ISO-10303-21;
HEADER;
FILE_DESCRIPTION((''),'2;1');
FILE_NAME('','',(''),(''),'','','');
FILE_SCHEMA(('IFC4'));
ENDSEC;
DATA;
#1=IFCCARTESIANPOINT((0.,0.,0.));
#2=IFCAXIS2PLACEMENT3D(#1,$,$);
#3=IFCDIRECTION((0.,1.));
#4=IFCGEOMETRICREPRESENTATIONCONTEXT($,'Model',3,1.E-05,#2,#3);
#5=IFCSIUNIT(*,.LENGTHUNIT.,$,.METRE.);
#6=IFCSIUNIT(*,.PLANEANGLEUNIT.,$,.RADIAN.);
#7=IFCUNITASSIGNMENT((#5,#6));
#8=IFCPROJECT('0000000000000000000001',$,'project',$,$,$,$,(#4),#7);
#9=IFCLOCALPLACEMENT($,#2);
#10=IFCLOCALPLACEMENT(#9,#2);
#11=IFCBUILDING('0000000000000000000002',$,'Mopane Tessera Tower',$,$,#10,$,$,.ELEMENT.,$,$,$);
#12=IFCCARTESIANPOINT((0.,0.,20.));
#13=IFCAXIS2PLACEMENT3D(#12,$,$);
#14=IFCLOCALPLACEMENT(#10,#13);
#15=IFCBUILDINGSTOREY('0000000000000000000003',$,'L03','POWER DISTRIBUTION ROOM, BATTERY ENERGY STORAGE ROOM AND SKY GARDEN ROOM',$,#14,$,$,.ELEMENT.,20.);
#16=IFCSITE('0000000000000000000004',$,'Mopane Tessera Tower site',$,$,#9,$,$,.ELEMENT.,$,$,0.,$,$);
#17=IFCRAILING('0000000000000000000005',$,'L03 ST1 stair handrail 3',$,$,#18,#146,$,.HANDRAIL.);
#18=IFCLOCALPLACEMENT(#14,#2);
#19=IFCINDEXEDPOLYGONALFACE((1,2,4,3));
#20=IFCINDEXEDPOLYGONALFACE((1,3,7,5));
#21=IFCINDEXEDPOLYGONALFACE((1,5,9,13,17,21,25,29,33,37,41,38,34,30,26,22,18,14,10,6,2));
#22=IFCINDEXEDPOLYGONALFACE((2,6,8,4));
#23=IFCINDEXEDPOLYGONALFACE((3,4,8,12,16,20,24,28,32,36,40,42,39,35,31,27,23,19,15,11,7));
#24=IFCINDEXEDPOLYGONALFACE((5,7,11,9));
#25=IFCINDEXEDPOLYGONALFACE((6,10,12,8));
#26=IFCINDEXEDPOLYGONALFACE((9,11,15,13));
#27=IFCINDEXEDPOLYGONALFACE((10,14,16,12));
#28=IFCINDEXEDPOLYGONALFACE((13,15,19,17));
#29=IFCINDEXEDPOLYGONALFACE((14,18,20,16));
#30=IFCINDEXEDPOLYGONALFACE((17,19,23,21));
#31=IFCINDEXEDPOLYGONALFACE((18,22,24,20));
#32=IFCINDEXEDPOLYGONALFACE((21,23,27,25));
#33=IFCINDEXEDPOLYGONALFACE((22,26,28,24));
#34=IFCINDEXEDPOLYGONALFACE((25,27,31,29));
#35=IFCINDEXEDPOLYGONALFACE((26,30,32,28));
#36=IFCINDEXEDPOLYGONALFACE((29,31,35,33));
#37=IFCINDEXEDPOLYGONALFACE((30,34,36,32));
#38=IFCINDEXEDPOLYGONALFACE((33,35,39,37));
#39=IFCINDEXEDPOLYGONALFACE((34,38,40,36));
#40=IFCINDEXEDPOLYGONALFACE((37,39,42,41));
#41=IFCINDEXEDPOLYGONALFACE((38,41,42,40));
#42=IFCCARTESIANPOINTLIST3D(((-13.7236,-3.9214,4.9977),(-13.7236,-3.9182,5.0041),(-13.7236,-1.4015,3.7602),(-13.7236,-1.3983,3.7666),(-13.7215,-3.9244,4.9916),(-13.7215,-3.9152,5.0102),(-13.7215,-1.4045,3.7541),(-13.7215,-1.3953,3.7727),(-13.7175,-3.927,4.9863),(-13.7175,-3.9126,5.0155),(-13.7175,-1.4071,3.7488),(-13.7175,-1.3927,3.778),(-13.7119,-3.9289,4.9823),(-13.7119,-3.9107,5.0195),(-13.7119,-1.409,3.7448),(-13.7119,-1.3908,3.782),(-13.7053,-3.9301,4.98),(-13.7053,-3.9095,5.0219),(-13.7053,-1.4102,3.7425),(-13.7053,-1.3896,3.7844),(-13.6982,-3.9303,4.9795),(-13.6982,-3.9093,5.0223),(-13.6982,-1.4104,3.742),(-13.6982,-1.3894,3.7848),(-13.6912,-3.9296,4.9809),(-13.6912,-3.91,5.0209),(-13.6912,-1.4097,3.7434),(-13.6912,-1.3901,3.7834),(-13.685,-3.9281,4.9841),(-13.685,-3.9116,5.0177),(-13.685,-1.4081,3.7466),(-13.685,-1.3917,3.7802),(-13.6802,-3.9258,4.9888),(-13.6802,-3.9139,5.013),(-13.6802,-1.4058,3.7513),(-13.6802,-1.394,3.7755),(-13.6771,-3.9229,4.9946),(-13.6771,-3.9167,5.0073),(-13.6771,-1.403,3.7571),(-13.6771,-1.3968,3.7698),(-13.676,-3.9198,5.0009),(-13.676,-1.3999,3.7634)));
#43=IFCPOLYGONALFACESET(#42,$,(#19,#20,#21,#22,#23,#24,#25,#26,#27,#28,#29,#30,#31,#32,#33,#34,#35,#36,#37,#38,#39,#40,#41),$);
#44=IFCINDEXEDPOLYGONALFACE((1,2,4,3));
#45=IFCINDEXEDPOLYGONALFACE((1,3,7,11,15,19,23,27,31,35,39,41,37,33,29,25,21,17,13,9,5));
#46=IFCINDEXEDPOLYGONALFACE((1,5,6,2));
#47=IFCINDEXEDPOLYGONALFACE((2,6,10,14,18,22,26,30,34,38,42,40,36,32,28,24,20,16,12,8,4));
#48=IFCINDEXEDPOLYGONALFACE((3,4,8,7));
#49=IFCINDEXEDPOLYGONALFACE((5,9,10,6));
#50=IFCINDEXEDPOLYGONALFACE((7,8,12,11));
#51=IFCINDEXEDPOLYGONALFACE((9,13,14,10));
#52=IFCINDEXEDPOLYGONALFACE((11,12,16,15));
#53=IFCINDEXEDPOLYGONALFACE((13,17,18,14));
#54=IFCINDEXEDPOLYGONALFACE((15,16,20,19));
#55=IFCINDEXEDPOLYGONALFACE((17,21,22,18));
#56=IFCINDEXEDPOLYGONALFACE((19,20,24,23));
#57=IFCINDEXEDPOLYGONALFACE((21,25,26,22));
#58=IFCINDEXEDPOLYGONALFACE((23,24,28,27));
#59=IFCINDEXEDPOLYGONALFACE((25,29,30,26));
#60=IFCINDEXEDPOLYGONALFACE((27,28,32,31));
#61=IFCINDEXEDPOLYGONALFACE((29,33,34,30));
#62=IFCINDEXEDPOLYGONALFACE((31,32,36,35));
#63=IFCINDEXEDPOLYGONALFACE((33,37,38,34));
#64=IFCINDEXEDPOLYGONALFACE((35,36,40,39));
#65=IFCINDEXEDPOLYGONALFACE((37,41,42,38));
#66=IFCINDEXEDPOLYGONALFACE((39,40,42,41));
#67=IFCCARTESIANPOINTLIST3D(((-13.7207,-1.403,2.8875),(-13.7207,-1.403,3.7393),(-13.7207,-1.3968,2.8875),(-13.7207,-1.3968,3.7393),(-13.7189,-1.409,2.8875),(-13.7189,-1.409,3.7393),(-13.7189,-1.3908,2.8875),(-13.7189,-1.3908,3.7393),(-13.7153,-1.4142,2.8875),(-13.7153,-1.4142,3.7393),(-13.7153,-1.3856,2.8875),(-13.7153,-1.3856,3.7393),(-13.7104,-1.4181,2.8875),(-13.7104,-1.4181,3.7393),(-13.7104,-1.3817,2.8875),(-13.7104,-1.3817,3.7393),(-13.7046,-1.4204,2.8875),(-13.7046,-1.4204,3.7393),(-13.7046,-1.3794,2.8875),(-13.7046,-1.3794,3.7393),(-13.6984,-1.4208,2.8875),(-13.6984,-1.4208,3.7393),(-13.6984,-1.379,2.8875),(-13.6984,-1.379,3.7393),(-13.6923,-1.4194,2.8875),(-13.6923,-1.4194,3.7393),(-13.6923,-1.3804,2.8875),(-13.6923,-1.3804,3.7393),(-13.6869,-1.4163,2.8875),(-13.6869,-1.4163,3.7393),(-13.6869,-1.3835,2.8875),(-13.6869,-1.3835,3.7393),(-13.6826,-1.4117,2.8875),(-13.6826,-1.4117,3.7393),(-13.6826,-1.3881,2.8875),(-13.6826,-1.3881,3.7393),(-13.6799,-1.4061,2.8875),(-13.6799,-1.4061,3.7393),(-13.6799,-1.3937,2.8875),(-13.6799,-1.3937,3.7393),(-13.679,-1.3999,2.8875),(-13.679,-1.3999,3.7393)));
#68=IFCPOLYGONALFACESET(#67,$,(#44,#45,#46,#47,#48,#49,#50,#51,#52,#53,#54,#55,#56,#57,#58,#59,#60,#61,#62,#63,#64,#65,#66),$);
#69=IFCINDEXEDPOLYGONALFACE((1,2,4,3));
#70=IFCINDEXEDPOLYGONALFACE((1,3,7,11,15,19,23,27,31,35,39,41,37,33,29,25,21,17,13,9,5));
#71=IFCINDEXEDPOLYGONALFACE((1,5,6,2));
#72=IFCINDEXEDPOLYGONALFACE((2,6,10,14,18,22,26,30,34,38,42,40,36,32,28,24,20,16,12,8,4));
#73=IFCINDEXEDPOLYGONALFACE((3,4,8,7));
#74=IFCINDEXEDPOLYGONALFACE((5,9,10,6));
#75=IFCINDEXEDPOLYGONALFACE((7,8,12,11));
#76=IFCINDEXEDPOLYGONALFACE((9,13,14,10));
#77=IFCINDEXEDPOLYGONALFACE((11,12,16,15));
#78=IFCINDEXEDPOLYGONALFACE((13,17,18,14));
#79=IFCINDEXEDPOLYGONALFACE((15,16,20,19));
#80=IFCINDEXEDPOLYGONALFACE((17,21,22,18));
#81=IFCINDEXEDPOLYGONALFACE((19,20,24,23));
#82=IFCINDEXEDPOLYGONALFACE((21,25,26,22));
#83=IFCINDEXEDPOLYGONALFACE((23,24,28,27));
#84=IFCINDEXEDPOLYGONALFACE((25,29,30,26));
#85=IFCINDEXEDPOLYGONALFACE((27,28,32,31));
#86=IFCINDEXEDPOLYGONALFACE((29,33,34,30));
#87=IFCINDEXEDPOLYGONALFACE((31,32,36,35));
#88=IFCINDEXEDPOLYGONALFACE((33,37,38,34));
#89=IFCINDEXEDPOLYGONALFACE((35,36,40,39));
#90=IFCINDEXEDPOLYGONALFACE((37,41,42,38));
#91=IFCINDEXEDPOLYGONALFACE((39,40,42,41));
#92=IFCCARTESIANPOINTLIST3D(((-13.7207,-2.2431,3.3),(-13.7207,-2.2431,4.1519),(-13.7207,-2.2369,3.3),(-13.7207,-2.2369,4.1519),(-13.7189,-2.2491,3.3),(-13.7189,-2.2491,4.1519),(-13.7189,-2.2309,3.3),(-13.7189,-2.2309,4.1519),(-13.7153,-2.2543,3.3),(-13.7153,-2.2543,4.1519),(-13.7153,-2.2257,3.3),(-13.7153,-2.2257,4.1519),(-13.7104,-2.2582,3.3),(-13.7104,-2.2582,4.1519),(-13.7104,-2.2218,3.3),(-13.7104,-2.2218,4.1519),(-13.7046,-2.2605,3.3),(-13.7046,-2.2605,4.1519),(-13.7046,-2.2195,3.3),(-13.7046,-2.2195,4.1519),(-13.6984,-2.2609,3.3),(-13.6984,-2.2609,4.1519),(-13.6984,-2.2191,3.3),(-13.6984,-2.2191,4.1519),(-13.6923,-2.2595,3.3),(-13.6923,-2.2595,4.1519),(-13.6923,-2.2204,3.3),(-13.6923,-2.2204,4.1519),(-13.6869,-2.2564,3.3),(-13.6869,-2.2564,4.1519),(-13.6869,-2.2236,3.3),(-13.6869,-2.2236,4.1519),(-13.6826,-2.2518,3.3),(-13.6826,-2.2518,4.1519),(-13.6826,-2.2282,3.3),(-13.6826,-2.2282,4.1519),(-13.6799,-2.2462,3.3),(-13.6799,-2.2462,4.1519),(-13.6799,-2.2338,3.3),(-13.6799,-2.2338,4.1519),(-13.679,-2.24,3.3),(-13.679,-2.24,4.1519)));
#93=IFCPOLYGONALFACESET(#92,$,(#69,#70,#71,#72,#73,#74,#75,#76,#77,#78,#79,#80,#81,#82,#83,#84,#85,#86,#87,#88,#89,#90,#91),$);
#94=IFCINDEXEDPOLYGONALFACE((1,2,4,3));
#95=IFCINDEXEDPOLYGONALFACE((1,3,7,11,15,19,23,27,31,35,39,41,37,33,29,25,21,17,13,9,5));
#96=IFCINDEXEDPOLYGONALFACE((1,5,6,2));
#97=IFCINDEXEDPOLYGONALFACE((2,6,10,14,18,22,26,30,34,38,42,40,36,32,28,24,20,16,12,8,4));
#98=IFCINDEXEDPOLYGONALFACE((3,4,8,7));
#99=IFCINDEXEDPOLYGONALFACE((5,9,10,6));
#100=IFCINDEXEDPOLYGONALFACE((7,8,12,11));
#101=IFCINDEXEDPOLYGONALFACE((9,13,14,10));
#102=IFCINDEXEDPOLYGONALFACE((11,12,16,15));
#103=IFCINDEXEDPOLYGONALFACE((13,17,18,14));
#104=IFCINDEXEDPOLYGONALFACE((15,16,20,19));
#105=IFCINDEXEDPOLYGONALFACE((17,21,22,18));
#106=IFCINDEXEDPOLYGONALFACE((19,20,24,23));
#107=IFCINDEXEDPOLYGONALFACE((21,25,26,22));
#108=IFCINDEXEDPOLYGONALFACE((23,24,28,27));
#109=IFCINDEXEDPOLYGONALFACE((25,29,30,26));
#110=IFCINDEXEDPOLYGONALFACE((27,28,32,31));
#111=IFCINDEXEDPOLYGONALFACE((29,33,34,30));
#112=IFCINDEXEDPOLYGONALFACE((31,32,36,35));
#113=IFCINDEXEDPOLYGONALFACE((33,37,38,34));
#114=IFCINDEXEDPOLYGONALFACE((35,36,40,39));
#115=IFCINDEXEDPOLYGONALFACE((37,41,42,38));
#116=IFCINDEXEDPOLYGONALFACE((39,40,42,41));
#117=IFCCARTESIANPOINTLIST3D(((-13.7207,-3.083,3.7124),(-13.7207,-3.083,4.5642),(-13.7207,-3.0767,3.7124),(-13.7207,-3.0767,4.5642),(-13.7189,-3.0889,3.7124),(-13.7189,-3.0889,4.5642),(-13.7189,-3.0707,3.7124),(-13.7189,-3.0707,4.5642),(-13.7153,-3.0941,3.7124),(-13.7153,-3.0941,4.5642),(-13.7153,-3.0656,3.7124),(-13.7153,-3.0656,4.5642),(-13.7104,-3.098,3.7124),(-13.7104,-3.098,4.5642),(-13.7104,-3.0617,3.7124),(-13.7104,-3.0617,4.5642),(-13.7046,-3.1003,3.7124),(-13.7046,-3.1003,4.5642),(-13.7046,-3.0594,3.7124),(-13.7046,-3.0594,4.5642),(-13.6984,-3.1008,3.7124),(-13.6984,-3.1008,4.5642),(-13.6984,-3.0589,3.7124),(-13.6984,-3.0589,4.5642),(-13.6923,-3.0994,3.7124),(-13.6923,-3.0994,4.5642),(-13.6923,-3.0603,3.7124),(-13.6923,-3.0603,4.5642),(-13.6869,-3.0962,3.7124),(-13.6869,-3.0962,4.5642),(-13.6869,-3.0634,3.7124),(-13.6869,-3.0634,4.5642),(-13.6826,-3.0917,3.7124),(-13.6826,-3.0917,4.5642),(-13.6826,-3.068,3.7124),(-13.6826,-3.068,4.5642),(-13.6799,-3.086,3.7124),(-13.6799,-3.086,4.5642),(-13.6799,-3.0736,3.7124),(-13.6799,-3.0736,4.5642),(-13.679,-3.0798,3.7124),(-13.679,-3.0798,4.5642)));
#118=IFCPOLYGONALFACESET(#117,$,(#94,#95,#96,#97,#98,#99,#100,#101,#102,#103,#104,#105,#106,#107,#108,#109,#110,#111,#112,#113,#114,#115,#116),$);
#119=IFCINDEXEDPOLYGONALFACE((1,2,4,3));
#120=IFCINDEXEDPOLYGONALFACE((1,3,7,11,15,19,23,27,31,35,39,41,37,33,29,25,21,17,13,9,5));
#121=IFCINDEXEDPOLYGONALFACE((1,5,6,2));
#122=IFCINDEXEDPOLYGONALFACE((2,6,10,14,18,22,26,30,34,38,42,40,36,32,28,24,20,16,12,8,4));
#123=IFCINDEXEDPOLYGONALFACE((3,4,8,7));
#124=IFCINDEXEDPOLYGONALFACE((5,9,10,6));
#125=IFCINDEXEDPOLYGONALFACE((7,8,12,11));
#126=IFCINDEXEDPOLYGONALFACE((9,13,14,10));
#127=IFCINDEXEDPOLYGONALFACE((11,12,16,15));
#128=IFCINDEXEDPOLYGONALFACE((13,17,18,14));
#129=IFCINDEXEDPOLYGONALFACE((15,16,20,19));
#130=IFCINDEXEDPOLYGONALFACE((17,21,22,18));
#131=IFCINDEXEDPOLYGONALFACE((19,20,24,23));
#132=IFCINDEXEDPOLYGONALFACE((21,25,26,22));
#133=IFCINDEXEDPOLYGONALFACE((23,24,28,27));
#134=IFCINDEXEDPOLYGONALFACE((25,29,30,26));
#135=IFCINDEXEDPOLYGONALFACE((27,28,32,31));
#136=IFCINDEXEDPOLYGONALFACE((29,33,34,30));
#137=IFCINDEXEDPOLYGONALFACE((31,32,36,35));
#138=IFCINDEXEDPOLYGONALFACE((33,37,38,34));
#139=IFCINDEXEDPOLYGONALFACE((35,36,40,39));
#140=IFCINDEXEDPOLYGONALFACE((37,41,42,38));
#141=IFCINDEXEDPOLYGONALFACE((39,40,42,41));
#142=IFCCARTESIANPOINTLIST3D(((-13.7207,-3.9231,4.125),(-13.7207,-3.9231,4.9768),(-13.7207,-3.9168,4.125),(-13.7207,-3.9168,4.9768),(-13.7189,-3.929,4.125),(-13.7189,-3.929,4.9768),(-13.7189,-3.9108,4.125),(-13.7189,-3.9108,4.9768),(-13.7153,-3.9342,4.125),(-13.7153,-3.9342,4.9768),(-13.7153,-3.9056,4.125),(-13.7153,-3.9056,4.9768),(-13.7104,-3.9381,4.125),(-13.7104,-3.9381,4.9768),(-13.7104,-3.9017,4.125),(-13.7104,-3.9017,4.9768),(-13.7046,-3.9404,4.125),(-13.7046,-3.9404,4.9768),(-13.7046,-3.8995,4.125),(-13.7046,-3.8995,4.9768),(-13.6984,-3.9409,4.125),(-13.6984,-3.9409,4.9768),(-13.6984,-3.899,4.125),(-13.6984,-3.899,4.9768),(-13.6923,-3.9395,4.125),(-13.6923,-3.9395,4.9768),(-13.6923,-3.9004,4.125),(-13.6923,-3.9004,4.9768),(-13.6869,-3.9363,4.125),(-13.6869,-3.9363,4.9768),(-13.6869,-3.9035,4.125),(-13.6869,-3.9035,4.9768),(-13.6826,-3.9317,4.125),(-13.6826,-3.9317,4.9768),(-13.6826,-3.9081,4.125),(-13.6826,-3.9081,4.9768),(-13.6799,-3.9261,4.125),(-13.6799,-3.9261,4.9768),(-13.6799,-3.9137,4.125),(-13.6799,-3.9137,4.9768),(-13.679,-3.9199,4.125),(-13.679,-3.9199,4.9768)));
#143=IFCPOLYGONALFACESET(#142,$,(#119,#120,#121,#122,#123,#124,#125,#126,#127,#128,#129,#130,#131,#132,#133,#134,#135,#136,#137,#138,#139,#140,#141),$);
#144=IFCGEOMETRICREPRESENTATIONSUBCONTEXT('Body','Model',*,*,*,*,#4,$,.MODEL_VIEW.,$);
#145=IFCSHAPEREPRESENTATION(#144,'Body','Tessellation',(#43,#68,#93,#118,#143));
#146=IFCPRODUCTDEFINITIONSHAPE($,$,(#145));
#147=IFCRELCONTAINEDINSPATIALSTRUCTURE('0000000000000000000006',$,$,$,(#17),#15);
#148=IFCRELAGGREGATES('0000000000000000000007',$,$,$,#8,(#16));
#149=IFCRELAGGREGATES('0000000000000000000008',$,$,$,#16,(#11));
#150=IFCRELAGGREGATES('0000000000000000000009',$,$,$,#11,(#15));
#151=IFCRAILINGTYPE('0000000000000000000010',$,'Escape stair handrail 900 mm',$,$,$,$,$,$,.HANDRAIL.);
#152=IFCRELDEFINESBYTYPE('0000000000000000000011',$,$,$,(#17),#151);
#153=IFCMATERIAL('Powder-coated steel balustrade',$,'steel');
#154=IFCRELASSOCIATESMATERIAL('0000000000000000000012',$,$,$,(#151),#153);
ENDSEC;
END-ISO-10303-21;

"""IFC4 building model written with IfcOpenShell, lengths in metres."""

from ifc_helpers import new_model, si_unit, direction, frame, origin, origin_2d, place, context, subcontext, project, spatial, circle, extrude, material, type_object, element, save


model = new_model("IFC4")

# Units and contexts
model_context = context("Model", 3, precision=1e-05, world=origin(), true_north=direction((0.0, 1.0)))
body_context = subcontext(model_context, "Body", "Model", "MODEL_VIEW")
ifc_project = project(units=[si_unit("LENGTHUNIT", "METRE"), si_unit("PLANEANGLEUNIT", "RADIAN")], contexts=[model_context])

# Site, building, storey
site_placement = place(None, origin())
site = spatial("IfcSite", under=ifc_project, at=site_placement, Name="Mopane Tessera Tower site", CompositionType="ELEMENT", RefElevation=0.0)
building_placement = place(site_placement, origin())
building = spatial("IfcBuilding", under=site, at=building_placement, Name="Mopane Tessera Tower", CompositionType="ELEMENT")
storey_placement = place(building_placement, frame((0.0, 0.0, 20.0)))
storey = spatial("IfcBuildingStorey", under=building, at=storey_placement, Name="L03", Description="POWER DISTRIBUTION ROOM, BATTERY ENERGY STORAGE ROOM AND SKY GARDEN ROOM", CompositionType="ELEMENT", Elevation=20.0)

# Railing
ifc_material_1 = material(Name="Powder-coated steel balustrade", Category="steel")
railing_type_1 = type_object("IfcRailingType", Name="Escape stair handrail 900 mm", PredefinedType="HANDRAIL", material=ifc_material_1)
railing_1_placement = place(storey_placement, frame((-13.7, -1.3999, 2.8875)))
element("IfcRailing", 1, at=railing_1_placement, inside=storey, type_object=railing_type_1, Name="L03 ST1 stair handrail 3", PredefinedType="HANDRAIL", context=body_context, shape_type="SweptSolid", body=[
    extrude(circle(Radius=0.0239, at=origin_2d()), frame((0.0, 0.0, 0.876), z_axis=(0.0, -0.897604, 0.440802), x_axis=(1.0, 0.0, 0.0)), (0.0, 0.0, 1.0), 2.8074),
    extrude(circle(Radius=0.021, at=origin_2d()), origin(), (0.0, 0.0, 1.0), 0.8518),
    extrude(circle(Radius=0.021, at=origin_2d()), frame((0.0, -0.8401, 0.4126)), (0.0, 0.0, 1.0), 0.8518),
    extrude(circle(Radius=0.021, at=origin_2d()), frame((0.0, -1.6799, 0.825)), (0.0, 0.0, 1.0), 0.8518),
    extrude(circle(Radius=0.021, at=origin_2d()), frame((0.0, -2.52, 1.2375)), (0.0, 0.0, 1.0), 0.8518),
])

save(model, "model.ifc")
